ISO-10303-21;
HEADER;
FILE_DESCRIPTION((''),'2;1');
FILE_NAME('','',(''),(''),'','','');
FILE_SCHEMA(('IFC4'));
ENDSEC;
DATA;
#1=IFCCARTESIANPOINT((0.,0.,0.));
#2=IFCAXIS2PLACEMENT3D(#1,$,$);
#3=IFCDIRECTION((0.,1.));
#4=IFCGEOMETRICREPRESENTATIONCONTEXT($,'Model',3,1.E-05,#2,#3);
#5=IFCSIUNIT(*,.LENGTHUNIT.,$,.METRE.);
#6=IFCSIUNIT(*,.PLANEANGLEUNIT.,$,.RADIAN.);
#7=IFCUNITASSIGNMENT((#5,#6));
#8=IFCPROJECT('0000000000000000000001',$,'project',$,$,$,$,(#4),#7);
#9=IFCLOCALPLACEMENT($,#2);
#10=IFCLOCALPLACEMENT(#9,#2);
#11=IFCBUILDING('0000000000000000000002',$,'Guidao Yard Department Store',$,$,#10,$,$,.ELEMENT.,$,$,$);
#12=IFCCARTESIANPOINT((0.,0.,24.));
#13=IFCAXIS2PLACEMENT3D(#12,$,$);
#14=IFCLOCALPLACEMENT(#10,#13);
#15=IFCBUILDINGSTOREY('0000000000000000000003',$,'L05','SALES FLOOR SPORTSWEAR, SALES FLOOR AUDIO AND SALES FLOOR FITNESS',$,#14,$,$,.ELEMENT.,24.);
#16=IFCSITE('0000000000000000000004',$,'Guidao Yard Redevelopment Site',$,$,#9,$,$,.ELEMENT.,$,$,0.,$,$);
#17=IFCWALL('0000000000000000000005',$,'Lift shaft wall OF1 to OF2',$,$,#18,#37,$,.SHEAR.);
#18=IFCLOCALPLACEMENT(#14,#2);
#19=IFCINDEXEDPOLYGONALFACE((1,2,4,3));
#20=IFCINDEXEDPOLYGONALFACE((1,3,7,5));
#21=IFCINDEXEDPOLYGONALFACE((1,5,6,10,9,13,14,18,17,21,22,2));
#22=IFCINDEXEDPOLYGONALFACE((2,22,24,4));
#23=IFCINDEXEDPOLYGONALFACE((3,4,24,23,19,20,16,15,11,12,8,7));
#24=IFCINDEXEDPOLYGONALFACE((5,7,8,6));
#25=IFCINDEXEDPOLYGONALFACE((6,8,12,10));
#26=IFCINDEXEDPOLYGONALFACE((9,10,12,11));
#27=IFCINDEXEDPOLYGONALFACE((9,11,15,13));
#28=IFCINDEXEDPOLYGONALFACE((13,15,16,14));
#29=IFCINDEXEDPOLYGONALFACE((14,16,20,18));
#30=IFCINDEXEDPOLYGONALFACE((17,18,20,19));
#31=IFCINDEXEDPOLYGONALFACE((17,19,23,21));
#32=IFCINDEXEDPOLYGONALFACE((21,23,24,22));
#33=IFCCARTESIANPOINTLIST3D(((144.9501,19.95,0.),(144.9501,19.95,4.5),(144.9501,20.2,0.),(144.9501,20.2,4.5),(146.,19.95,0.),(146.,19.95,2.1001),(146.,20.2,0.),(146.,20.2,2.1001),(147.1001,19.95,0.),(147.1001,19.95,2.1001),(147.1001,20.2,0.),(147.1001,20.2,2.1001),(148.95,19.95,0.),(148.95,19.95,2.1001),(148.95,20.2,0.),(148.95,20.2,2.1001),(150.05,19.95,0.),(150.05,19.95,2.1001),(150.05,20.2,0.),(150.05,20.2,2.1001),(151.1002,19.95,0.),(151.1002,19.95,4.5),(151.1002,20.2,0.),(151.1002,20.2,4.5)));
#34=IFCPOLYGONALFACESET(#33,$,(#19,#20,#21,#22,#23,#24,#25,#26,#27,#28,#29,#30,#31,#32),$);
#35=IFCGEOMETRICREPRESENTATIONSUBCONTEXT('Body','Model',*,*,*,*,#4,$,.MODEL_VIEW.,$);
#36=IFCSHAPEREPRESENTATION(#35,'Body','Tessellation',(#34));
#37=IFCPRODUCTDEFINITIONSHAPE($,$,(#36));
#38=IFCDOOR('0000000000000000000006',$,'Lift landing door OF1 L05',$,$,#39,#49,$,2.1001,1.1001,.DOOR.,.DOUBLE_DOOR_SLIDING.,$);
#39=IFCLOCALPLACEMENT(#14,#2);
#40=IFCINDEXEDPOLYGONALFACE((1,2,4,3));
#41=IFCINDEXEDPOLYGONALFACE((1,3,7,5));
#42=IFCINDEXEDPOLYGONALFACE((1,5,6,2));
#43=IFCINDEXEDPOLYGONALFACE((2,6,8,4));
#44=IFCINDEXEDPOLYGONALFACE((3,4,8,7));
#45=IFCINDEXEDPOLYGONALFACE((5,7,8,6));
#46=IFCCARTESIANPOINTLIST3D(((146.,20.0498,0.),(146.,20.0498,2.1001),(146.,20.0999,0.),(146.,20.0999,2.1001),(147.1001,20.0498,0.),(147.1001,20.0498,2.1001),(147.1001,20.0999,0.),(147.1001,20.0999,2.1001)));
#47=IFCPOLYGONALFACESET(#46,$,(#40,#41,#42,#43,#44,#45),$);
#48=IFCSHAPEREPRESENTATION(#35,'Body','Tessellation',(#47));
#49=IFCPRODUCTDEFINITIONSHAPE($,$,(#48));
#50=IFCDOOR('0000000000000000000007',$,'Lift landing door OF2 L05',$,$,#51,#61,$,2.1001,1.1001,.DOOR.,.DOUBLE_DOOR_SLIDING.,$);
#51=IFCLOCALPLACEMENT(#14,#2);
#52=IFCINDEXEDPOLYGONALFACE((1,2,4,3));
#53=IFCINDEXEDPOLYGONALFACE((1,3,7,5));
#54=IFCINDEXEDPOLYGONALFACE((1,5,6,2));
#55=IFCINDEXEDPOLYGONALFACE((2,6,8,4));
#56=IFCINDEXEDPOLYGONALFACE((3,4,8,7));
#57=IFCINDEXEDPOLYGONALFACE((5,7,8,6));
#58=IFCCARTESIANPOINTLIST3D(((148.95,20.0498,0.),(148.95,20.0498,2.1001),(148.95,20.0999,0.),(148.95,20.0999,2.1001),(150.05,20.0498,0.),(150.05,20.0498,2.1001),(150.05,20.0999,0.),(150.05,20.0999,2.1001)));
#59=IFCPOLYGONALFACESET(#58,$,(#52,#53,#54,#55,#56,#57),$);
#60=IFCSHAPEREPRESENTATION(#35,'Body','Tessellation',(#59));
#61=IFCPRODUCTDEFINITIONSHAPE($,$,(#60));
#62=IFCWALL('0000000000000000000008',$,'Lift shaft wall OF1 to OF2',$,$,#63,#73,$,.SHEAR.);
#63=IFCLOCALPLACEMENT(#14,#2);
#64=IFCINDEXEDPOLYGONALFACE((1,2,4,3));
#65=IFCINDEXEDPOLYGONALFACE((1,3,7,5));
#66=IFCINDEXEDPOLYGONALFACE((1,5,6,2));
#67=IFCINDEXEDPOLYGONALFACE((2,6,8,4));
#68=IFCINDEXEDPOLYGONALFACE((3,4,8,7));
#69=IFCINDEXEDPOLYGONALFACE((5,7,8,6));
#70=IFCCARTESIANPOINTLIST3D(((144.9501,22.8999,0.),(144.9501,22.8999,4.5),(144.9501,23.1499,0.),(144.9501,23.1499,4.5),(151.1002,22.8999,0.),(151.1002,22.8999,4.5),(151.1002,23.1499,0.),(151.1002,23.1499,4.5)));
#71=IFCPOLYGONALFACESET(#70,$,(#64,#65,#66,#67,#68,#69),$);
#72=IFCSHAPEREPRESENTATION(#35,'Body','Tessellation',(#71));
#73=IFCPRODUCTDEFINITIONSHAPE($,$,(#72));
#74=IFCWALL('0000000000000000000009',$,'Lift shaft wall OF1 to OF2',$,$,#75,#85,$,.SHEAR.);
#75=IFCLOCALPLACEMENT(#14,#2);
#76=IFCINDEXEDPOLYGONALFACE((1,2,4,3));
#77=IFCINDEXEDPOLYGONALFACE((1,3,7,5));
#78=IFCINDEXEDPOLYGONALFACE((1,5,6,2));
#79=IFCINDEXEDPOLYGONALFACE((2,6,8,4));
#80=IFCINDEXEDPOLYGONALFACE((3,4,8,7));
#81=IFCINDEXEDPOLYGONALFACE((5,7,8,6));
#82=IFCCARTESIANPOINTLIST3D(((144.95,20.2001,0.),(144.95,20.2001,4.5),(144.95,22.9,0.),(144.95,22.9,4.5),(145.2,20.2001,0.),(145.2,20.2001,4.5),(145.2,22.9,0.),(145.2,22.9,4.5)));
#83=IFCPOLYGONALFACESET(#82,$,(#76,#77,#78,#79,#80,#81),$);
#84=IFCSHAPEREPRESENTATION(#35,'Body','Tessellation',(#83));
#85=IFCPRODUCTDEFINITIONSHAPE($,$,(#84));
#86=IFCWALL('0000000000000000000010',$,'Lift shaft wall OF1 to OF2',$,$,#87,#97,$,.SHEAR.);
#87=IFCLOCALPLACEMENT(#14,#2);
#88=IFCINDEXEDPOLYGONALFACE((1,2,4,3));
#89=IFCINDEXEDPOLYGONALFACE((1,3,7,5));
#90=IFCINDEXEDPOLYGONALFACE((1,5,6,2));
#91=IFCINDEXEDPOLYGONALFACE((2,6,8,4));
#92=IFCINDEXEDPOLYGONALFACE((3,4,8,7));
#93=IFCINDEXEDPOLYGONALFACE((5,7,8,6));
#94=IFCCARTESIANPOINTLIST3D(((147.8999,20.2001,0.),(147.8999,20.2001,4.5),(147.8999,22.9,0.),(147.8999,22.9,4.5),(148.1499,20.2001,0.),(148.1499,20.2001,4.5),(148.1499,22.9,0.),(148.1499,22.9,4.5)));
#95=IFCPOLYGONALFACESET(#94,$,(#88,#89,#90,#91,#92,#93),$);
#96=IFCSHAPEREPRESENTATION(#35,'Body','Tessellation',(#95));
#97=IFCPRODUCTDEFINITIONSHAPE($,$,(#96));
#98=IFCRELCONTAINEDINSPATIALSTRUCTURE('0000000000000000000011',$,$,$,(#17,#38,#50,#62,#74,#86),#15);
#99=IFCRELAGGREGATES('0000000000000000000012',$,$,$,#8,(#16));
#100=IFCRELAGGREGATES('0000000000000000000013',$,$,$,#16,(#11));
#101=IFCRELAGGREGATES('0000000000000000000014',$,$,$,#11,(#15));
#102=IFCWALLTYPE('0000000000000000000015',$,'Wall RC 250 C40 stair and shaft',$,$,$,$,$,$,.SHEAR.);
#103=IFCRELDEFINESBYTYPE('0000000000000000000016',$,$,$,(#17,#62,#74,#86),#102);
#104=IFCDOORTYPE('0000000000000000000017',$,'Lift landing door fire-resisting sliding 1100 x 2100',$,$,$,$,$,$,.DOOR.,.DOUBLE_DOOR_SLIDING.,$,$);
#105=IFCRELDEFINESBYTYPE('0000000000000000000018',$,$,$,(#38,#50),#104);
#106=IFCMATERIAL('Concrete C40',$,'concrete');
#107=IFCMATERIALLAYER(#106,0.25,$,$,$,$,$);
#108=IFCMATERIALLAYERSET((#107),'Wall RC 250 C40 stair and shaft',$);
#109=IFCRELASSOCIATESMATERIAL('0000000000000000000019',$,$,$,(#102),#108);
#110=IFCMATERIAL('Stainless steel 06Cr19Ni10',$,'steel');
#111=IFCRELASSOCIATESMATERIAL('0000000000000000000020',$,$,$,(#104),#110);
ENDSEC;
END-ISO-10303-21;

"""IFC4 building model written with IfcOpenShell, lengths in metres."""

from ifc_helpers import new_model, si_unit, direction, frame, frame_2d, origin, place, context, subcontext, project, spatial, rectangle, extrude, material, layer, layer_set, type_object, element, fill, save


model = new_model("IFC4")

# Units and contexts
model_context = context("Model", 3, precision=1e-05, world=origin(), true_north=direction((0.0, 1.0)))
body_context = subcontext(model_context, "Body", "Model", "MODEL_VIEW")
ifc_project = project(units=[si_unit("LENGTHUNIT", "METRE"), si_unit("PLANEANGLEUNIT", "RADIAN")], contexts=[model_context])

# Site, building, storey
site_placement = place(None, origin())
site = spatial("IfcSite", under=ifc_project, at=site_placement, Name="Guidao Yard Redevelopment Site", CompositionType="ELEMENT", RefElevation=0.0)
building_placement = place(site_placement, origin())
building = spatial("IfcBuilding", under=site, at=building_placement, Name="Guidao Yard Department Store", CompositionType="ELEMENT")
storey_placement = place(building_placement, frame((0.0, 0.0, 24.0)))
storey = spatial("IfcBuildingStorey", under=building, at=storey_placement, Name="L05", Description="SALES FLOOR SPORTSWEAR, SALES FLOOR AUDIO AND SALES FLOOR FITNESS", CompositionType="ELEMENT", Elevation=24.0)

# Shared definitions
ifc_material_1 = material(Name="Concrete C40", Category="concrete")
ifc_layer_1 = layer(ifc_material_1, 0.25)
ifc_layer_set_1 = layer_set([ifc_layer_1], Name="Wall RC 250 C40 stair and shaft")
wall_type_1 = type_object("IfcWallType", Name="Wall RC 250 C40 stair and shaft", PredefinedType="SHEAR", material=ifc_layer_set_1)
ifc_material_2 = material(Name="Stainless steel 06Cr19Ni10", Category="steel")
door_type_1 = type_object("IfcDoorType", Name="Lift landing door fire-resisting sliding 1100 x 2100", OperationType="DOUBLE_DOOR_SLIDING", PredefinedType="DOOR", material=ifc_material_2)

# Wall, openings, doors
wall_1_placement = place(storey_placement, frame((144.95, 20.075, 0.0), z_axis=(0.0, 0.0, 1.0), x_axis=(1.0, 0.0, 0.0)))
wall_1 = element("IfcWall", 1, at=wall_1_placement, inside=storey, type_object=wall_type_1, Name="Lift shaft wall OF1 to OF2", PredefinedType="SHEAR", context=body_context, shape_type="SweptSolid", body=[
    extrude(rectangle(XDim=6.1501, YDim=0.25, at=frame_2d((3.0752, 0.0))), origin(), (0.0, 0.0, 1.0), 4.5),
])
opening_1_placement = place(wall_1_placement, frame((1.05, 0.0, 0.0)))
opening_1 = element("IfcOpeningElement", 2, at=opening_1_placement, cuts=wall_1, PredefinedType="OPENING", context=body_context, shape_type="SweptSolid", body=[
    extrude(rectangle(XDim=1.1001, YDim=2.1001, at=frame_2d((0.55, 1.05))), frame((0.0, 0.135, 0.0), z_axis=(0.0, -1.0, 0.0), x_axis=(1.0, 0.0, 0.0)), (0.0, 0.0, 1.0), 0.27),
])
opening_2_placement = place(wall_1_placement, frame((4.0, 0.0, 0.0)))
opening_2 = element("IfcOpeningElement", 3, at=opening_2_placement, cuts=wall_1, PredefinedType="OPENING", context=body_context, shape_type="SweptSolid", body=[
    extrude(rectangle(XDim=1.1001, YDim=2.1001, at=frame_2d((0.55, 1.05))), frame((0.0, 0.135, 0.0), z_axis=(0.0, -1.0, 0.0), x_axis=(1.0, 0.0, 0.0)), (0.0, 0.0, 1.0), 0.27),
])
door_1_placement = place(opening_1_placement, origin())
door_1 = element("IfcDoor", 4, at=door_1_placement, inside=storey, type_object=door_type_1, Name="Lift landing door OF1 L05", OperationType="DOUBLE_DOOR_SLIDING", OverallHeight=2.1001, OverallWidth=1.1001, PredefinedType="DOOR", context=body_context, shape_type="SweptSolid", body=[
    extrude(rectangle(XDim=1.1001, YDim=2.1001, at=frame_2d((0.55, 1.05))), frame((0.0, 0.0249, 0.0), z_axis=(0.0, -1.0, 0.0), x_axis=(1.0, 0.0, 0.0)), (0.0, 0.0, 1.0), 0.05),
])
fill(opening_1, door_1)
door_2_placement = place(opening_2_placement, origin())
door_2 = element("IfcDoor", 5, at=door_2_placement, inside=storey, type_object=door_type_1, Name="Lift landing door OF2 L05", OperationType="DOUBLE_DOOR_SLIDING", OverallHeight=2.1001, OverallWidth=1.1001, PredefinedType="DOOR", context=body_context, shape_type="SweptSolid", body=[
    extrude(rectangle(XDim=1.1001, YDim=2.1001, at=frame_2d((0.55, 1.05))), frame((0.0, 0.0249, 0.0), z_axis=(0.0, -1.0, 0.0), x_axis=(1.0, 0.0, 0.0)), (0.0, 0.0, 1.0), 0.05),
])
fill(opening_2, door_2)

# Walls
wall_2_placement = place(storey_placement, frame((144.95, 23.0249, 0.0), z_axis=(0.0, 0.0, 1.0), x_axis=(1.0, 0.0, 0.0)))
element("IfcWall", 6, at=wall_2_placement, inside=storey, type_object=wall_type_1, Name="Lift shaft wall OF1 to OF2", PredefinedType="SHEAR", context=body_context, shape_type="SweptSolid", body=[
    extrude(rectangle(XDim=6.1501, YDim=0.25, at=frame_2d((3.0752, 0.0))), origin(), (0.0, 0.0, 1.0), 4.5),
])
for number, where, z_axis, x_axis, name in (
    (7, (145.075, 20.2, 0.0), (0.0, 0.0, 1.0), (0.0, 1.0, 0.0), "Lift shaft wall OF1 to OF2"),
    (8, (148.0249, 20.2, 0.0), (0.0, 0.0, 1.0), (0.0, 1.0, 0.0), "Lift shaft wall OF1 to OF2"),
):
    element("IfcWall", number, at=place(storey_placement, frame(where, z_axis=z_axis, x_axis=x_axis)), inside=storey, type_object=wall_type_1, Name=name, PredefinedType="SHEAR", context=body_context, shape_type="SweptSolid", body=[
        extrude(rectangle(XDim=2.7, YDim=0.25, at=frame_2d((1.3501, 0.0))), origin(), (0.0, 0.0, 1.0), 4.5),
    ])

save(model, "model.ifc")
